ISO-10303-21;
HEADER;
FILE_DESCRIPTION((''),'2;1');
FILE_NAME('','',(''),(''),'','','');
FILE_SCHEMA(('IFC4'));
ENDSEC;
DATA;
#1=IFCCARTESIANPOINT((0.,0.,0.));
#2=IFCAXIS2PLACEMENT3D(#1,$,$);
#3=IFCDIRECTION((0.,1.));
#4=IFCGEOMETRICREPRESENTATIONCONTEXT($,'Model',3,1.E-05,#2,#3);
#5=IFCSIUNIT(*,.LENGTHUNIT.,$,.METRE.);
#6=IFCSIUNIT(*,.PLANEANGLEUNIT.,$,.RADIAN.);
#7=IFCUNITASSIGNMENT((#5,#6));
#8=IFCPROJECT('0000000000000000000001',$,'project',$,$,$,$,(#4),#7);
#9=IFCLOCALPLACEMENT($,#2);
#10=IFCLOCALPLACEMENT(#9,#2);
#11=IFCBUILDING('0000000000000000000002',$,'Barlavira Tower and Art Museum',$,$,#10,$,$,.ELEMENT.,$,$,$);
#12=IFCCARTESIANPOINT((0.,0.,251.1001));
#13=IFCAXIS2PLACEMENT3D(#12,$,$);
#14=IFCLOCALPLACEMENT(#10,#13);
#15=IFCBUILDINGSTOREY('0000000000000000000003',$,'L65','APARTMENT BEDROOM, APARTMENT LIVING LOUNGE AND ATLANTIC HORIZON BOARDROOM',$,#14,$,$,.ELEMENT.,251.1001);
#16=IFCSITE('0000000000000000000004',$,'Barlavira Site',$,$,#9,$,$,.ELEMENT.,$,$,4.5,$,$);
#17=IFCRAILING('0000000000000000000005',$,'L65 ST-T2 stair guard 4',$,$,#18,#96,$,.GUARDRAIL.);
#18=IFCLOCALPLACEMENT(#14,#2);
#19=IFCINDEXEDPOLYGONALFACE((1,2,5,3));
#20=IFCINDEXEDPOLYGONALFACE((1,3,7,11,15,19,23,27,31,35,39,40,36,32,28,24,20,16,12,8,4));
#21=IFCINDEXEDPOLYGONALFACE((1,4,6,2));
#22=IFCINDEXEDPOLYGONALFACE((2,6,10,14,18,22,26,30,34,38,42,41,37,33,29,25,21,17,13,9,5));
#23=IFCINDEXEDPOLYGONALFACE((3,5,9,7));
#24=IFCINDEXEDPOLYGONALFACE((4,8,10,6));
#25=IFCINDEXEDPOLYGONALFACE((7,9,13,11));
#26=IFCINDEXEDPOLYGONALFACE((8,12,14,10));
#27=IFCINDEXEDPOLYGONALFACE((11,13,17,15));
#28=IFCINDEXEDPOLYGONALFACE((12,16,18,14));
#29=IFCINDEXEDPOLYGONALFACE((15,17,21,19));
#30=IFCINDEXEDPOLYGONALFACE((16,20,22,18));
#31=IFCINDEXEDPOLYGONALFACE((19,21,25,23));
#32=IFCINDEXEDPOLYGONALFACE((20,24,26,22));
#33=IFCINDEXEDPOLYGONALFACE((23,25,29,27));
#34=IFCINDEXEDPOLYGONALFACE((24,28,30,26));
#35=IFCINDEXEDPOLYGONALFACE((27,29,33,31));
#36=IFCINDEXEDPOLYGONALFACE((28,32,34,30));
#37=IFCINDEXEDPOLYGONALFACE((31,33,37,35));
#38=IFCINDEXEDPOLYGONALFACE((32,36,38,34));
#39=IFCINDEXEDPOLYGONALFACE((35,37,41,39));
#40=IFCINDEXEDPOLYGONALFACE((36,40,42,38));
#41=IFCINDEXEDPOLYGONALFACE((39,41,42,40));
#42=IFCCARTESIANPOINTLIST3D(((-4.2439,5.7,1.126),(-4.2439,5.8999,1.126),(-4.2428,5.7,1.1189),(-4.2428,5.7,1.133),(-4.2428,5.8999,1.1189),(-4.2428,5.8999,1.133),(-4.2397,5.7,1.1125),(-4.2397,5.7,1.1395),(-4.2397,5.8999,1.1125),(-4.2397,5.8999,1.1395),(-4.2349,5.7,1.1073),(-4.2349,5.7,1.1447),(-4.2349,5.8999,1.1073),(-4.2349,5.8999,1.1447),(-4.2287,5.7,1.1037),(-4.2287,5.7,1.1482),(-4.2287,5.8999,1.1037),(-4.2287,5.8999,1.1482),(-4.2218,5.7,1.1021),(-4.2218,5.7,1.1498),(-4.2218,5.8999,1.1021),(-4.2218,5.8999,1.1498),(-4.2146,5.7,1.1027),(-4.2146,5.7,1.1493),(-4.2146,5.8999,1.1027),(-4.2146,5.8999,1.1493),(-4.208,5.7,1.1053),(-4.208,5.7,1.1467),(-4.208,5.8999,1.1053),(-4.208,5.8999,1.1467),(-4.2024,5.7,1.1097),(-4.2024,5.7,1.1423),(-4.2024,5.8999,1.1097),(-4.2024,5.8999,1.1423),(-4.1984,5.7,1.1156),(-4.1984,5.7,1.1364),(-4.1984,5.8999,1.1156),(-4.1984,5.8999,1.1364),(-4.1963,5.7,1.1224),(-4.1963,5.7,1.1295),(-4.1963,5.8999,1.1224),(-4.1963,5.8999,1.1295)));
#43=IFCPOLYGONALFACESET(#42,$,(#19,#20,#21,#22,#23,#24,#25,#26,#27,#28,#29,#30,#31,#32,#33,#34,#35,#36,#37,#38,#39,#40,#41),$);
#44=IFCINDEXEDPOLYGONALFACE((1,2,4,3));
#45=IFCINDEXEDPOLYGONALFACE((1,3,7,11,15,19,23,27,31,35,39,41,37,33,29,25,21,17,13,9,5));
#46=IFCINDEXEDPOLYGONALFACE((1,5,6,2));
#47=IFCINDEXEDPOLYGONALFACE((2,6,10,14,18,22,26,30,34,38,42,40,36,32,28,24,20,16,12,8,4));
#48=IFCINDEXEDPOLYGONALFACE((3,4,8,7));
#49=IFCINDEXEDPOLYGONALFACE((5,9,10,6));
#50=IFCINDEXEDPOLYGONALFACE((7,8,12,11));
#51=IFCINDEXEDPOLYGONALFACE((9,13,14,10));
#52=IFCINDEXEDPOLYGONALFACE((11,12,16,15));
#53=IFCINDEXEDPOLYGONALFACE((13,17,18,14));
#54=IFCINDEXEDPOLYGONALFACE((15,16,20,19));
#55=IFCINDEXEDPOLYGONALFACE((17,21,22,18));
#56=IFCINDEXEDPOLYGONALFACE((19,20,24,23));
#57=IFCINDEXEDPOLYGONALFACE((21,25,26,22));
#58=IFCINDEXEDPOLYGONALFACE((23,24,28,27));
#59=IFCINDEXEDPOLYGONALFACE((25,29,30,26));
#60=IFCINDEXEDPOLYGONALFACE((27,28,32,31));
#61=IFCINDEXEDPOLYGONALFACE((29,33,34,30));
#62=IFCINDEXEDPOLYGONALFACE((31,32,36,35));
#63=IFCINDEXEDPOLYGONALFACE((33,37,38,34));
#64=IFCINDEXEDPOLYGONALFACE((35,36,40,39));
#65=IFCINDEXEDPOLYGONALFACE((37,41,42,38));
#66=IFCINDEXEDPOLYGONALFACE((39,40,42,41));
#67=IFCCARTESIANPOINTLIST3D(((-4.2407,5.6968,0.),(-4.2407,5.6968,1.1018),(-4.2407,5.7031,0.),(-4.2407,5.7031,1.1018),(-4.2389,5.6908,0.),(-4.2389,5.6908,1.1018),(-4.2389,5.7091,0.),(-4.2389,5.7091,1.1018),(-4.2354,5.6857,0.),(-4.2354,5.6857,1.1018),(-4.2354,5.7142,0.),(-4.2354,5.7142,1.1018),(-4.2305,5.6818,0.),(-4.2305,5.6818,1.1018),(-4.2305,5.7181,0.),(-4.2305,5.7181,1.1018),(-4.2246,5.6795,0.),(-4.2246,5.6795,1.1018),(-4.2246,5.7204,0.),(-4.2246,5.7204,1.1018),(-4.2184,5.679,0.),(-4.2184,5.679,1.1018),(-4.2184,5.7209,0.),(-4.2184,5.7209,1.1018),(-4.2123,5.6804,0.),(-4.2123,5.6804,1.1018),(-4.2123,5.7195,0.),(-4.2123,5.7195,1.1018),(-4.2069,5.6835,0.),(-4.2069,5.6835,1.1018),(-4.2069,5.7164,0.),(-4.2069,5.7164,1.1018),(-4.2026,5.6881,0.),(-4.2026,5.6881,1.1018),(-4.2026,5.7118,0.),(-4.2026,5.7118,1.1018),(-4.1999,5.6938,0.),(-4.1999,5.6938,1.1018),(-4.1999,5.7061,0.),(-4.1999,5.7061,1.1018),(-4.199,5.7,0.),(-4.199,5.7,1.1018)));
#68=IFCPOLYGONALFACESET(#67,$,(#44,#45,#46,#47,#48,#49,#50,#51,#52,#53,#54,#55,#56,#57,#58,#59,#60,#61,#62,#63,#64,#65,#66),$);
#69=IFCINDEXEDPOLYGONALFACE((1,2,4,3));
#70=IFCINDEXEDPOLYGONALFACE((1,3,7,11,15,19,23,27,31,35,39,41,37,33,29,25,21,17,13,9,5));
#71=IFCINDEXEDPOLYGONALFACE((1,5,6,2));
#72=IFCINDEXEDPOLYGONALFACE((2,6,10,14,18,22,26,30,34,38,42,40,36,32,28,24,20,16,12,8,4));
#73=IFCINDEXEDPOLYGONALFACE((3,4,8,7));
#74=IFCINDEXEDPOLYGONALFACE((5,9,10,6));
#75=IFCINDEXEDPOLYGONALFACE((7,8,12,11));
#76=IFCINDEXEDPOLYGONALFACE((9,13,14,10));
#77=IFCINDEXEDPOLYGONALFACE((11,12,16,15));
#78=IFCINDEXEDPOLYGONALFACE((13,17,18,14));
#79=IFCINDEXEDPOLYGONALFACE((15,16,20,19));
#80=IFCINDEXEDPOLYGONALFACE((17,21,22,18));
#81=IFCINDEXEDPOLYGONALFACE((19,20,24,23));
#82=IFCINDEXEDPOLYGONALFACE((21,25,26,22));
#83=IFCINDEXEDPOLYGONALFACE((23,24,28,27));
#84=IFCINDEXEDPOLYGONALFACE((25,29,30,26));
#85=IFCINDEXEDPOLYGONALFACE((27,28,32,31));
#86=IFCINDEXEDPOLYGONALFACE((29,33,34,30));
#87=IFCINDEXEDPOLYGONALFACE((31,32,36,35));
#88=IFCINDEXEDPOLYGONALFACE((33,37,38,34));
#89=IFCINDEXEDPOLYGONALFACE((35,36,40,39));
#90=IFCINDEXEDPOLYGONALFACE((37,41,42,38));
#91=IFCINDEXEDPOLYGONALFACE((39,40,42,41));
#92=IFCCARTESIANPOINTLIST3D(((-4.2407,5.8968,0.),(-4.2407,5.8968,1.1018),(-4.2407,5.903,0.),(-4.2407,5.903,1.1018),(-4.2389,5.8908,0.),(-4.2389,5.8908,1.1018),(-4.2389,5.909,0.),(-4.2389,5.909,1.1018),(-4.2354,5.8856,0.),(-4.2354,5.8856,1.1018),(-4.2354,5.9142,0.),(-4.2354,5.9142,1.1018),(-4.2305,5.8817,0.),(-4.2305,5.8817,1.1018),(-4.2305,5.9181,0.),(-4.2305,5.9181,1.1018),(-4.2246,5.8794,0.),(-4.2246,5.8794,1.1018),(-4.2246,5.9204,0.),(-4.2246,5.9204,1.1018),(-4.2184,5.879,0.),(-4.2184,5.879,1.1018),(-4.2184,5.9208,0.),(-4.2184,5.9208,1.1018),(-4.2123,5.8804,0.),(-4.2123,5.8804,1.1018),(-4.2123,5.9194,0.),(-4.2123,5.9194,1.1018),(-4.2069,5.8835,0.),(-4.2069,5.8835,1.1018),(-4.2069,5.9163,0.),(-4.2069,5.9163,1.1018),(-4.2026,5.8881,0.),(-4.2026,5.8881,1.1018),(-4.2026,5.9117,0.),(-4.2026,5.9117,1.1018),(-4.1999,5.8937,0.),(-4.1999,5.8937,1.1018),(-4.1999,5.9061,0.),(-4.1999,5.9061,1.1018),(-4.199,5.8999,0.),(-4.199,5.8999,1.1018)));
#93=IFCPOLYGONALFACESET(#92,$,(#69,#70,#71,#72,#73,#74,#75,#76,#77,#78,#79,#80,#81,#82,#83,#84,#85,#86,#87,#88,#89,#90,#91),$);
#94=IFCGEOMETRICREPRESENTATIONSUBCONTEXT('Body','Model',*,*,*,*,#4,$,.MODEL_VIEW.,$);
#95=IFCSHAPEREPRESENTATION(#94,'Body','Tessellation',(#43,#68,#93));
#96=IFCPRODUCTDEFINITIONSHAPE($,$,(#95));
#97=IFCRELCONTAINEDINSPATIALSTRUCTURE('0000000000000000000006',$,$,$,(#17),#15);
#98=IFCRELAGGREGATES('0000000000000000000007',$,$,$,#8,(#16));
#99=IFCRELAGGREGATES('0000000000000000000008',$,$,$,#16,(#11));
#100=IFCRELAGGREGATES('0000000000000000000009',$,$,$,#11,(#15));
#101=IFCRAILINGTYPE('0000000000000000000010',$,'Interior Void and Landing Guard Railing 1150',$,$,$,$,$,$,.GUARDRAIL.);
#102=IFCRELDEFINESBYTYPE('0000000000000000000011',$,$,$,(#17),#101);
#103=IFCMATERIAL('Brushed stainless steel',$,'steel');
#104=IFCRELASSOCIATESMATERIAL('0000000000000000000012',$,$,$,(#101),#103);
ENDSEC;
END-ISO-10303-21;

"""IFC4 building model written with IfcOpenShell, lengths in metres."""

from ifc_helpers import new_model, si_unit, direction, frame, origin, origin_2d, place, context, subcontext, project, spatial, circle, extrude, material, type_object, element, save


model = new_model("IFC4")

# Units and contexts
model_context = context("Model", 3, precision=1e-05, world=origin(), true_north=direction((0.0, 1.0)))
body_context = subcontext(model_context, "Body", "Model", "MODEL_VIEW")
ifc_project = project(units=[si_unit("LENGTHUNIT", "METRE"), si_unit("PLANEANGLEUNIT", "RADIAN")], contexts=[model_context])

# Site, building, storey
site_placement = place(None, origin())
site = spatial("IfcSite", under=ifc_project, at=site_placement, Name="Barlavira Site", CompositionType="ELEMENT", RefElevation=4.5)
building_placement = place(site_placement, origin())
building = spatial("IfcBuilding", under=site, at=building_placement, Name="Barlavira Tower and Art Museum", CompositionType="ELEMENT")
storey_placement = place(building_placement, frame((0.0, 0.0, 251.1001)))
storey = spatial("IfcBuildingStorey", under=building, at=storey_placement, Name="L65", Description="APARTMENT BEDROOM, APARTMENT LIVING LOUNGE AND ATLANTIC HORIZON BOARDROOM", CompositionType="ELEMENT", Elevation=251.1001)

# Shared definitions
ifc_material_1 = material(Name="Brushed stainless steel", Category="steel")

# Railing
railing_type_1 = type_object("IfcRailingType", Name="Interior Void and Landing Guard Railing 1150", PredefinedType="GUARDRAIL", material=ifc_material_1)
railing_1_placement = place(storey_placement, frame((-4.22, 5.7, 0.0)))
element("IfcRailing", 1, at=railing_1_placement, inside=storey, type_object=railing_type_1, Name="L65 ST-T2 stair guard 4", PredefinedType="GUARDRAIL", context=body_context, shape_type="SweptSolid", body=[
    extrude(circle(Radius=0.0239, at=origin_2d()), frame((0.0, 0.0, 1.126), z_axis=(0.0, 1.0, 0.0), x_axis=(-1.0, 0.0, 0.0)), (0.0, 0.0, 1.0), 0.2),
    extrude(circle(Radius=0.021, at=origin_2d()), origin(), (0.0, 0.0, 1.0), 1.1018),
    extrude(circle(Radius=0.021, at=origin_2d()), frame((0.0, 0.2, 0.0)), (0.0, 0.0, 1.0), 1.1018),
])

save(model, "model.ifc")
